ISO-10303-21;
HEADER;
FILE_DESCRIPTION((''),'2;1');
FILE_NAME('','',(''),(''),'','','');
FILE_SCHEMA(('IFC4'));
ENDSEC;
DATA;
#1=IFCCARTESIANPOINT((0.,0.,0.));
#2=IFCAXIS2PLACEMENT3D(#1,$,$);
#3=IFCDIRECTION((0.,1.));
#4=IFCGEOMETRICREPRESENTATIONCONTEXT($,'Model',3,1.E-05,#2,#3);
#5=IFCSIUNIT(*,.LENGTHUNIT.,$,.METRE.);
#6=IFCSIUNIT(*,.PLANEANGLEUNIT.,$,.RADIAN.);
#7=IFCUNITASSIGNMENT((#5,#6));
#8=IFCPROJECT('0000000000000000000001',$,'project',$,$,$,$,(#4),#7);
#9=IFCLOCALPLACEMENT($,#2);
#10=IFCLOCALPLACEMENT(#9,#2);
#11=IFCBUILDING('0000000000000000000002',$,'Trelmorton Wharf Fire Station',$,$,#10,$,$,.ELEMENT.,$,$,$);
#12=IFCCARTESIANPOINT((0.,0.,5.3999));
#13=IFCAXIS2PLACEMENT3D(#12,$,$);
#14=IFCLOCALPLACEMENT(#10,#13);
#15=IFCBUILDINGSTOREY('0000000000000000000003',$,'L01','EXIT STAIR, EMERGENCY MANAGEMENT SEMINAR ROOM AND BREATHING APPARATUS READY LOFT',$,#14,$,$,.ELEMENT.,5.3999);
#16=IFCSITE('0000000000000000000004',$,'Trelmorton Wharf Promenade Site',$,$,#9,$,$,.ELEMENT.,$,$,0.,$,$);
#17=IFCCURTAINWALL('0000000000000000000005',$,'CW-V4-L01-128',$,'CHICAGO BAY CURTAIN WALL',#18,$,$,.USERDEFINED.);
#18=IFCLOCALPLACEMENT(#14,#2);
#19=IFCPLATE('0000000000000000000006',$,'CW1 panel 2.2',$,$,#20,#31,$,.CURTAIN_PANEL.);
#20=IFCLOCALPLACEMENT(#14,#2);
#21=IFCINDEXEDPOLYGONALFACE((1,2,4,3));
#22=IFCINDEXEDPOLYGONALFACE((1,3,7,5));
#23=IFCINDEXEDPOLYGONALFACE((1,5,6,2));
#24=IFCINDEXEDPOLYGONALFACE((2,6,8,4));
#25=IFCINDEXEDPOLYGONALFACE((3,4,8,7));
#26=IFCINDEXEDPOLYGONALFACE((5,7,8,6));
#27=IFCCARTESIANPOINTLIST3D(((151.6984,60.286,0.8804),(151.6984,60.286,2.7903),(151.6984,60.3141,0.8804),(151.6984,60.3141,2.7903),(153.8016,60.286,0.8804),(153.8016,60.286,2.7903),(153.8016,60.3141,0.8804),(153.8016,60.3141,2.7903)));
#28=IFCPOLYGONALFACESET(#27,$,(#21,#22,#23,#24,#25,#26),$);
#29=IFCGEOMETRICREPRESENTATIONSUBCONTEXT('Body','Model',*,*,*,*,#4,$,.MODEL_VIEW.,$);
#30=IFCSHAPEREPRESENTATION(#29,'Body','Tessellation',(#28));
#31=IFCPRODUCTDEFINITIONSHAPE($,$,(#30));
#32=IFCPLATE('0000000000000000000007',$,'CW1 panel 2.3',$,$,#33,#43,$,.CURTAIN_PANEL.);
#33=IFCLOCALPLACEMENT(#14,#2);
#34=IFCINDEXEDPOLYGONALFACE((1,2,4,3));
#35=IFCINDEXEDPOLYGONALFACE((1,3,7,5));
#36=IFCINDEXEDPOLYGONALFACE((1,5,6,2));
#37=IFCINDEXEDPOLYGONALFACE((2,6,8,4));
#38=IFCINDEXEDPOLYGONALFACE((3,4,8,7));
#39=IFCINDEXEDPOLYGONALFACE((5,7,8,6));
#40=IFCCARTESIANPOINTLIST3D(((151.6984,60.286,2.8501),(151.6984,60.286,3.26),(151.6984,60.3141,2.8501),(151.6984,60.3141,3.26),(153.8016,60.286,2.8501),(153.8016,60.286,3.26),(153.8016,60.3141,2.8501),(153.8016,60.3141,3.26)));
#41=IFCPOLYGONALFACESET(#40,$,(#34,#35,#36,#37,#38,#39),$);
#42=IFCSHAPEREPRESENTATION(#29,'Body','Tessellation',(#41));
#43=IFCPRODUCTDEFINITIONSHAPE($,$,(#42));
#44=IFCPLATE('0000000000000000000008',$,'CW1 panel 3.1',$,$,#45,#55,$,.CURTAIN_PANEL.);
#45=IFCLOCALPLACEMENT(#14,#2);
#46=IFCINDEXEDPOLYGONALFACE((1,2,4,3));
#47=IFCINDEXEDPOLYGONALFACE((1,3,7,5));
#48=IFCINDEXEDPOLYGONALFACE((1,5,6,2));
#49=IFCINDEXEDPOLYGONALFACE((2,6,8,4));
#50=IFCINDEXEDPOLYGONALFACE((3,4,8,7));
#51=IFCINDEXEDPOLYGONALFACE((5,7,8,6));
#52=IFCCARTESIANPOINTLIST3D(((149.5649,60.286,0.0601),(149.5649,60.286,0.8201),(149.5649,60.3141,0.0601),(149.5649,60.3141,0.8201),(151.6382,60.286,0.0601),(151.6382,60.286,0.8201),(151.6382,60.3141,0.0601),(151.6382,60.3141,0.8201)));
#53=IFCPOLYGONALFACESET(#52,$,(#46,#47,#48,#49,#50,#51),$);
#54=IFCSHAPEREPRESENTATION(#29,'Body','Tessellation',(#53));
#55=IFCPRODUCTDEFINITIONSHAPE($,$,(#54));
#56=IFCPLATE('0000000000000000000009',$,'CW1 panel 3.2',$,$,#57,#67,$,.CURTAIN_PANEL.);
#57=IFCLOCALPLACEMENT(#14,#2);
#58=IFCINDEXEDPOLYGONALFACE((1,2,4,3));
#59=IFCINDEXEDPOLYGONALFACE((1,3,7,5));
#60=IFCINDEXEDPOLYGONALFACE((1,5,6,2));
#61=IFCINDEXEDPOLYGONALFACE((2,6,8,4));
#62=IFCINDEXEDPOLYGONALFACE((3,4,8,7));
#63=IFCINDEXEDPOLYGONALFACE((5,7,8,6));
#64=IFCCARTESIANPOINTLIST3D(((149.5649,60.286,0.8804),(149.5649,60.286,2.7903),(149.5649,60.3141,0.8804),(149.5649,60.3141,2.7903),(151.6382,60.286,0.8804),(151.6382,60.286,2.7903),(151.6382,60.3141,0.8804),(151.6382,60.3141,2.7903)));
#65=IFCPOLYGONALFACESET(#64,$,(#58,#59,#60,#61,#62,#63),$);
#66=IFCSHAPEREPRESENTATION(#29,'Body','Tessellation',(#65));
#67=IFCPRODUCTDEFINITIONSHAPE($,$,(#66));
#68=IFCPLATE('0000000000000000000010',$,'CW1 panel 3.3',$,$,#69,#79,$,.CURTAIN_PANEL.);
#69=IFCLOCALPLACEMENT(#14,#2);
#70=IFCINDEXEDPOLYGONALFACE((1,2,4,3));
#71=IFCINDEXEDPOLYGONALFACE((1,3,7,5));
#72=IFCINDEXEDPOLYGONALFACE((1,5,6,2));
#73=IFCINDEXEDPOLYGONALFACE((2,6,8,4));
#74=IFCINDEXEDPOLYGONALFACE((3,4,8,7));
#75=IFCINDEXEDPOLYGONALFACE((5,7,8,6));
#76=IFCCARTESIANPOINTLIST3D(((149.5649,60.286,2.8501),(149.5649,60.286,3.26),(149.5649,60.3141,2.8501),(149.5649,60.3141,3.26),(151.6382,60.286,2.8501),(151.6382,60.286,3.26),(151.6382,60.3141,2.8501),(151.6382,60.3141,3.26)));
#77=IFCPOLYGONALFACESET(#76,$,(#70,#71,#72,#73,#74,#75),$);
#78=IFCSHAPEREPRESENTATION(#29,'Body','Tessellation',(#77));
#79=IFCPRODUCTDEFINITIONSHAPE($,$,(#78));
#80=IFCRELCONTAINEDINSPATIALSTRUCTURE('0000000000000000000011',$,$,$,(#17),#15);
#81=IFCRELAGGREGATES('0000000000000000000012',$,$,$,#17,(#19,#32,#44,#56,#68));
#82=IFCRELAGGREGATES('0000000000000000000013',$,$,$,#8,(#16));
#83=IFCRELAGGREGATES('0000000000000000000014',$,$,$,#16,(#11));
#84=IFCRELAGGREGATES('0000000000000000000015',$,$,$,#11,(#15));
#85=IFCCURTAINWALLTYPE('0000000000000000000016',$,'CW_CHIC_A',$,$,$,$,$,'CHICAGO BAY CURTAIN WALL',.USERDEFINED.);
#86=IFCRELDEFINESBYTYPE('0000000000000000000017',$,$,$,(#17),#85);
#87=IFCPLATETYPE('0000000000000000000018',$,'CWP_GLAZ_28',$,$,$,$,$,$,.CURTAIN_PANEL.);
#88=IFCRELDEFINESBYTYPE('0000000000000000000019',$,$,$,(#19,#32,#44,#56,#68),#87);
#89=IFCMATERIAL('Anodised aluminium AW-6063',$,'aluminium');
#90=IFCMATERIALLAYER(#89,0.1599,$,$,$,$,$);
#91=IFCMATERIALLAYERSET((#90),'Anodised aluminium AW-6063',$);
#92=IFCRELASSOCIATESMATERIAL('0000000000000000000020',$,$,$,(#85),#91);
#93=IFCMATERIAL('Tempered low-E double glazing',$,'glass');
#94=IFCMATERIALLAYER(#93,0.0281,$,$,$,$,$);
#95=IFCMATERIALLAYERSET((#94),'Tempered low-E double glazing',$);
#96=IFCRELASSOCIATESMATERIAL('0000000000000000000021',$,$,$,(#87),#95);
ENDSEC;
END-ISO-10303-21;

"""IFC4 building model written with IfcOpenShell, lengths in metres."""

from ifc_helpers import new_model, si_unit, direction, frame, origin, origin_2d, place, context, subcontext, project, spatial, rectangle, extrude, material, layer, layer_set, type_object, element, aggregate, save


model = new_model("IFC4")

# Units and contexts
model_context = context("Model", 3, precision=1e-05, world=origin(), true_north=direction((0.0, 1.0)))
body_context = subcontext(model_context, "Body", "Model", "MODEL_VIEW")
ifc_project = project(units=[si_unit("LENGTHUNIT", "METRE"), si_unit("PLANEANGLEUNIT", "RADIAN")], contexts=[model_context])

# Site, building, storey
site_placement = place(None, origin())
site = spatial("IfcSite", under=ifc_project, at=site_placement, Name="Trelmorton Wharf Promenade Site", CompositionType="ELEMENT", RefElevation=0.0)
building_placement = place(site_placement, origin())
building = spatial("IfcBuilding", under=site, at=building_placement, Name="Trelmorton Wharf Fire Station", CompositionType="ELEMENT")
storey_placement = place(building_placement, frame((0.0, 0.0, 5.3999)))
storey = spatial("IfcBuildingStorey", under=building, at=storey_placement, Name="L01", Description="EXIT STAIR, EMERGENCY MANAGEMENT SEMINAR ROOM AND BREATHING APPARATUS READY LOFT", CompositionType="ELEMENT", Elevation=5.3999)

# Shared definitions
ifc_material_1 = material(Name="Anodised aluminium AW-6063", Category="aluminium")
ifc_layer_1 = layer(ifc_material_1, 0.1599)
ifc_layer_set_1 = layer_set([ifc_layer_1], Name="Anodised aluminium AW-6063")
curtain_wall_type = type_object("IfcCurtainWallType", Name="CW_CHIC_A", ElementType="CHICAGO BAY CURTAIN WALL", PredefinedType="USERDEFINED", material=ifc_layer_set_1)

# Curtain wall
curtain_wall_1_placement = place(storey_placement, origin())
curtain_wall_1 = element("IfcCurtainWall", 1, at=curtain_wall_1_placement, inside=storey, type_object=curtain_wall_type, Name="CW-V4-L01-128", ObjectType="CHICAGO BAY CURTAIN WALL", PredefinedType="USERDEFINED")

# Plates
ifc_material_2 = material(Name="Tempered low-E double glazing", Category="glass")
ifc_layer_2 = layer(ifc_material_2, 0.0281)
ifc_layer_set_2 = layer_set([ifc_layer_2], Name="Tempered low-E double glazing")
plate_type = type_object("IfcPlateType", Name="CWP_GLAZ_28", PredefinedType="CURTAIN_PANEL", material=ifc_layer_set_2)
plate_1_placement = place(storey_placement, frame((152.75, 60.3, 0.8804), z_axis=(0.0, 0.0, 1.0), x_axis=(-1.0, 0.0, 0.0)))
plate_1 = element("IfcPlate", 2, at=plate_1_placement, type_object=plate_type, Name="CW1 panel 2.2", PredefinedType="CURTAIN_PANEL", context=body_context, shape_type="SweptSolid", body=[
    extrude(rectangle(XDim=2.1033, YDim=0.0281, at=origin_2d()), origin(), (0.0, 0.0, 1.0), 1.9099),
])
plate_2_placement = place(storey_placement, frame((152.75, 60.3, 2.8501), z_axis=(0.0, 0.0, 1.0), x_axis=(-1.0, 0.0, 0.0)))
plate_2 = element("IfcPlate", 3, at=plate_2_placement, type_object=plate_type, Name="CW1 panel 2.3", PredefinedType="CURTAIN_PANEL", context=body_context, shape_type="SweptSolid", body=[
    extrude(rectangle(XDim=2.1033, YDim=0.0281, at=origin_2d()), origin(), (0.0, 0.0, 1.0), 0.4099),
])
plate_3_placement = place(storey_placement, frame((150.6016, 60.3, 0.0601), z_axis=(0.0, 0.0, 1.0), x_axis=(-1.0, 0.0, 0.0)))
plate_3 = element("IfcPlate", 4, at=plate_3_placement, type_object=plate_type, Name="CW1 panel 3.1", PredefinedType="CURTAIN_PANEL", context=body_context, shape_type="SweptSolid", body=[
    extrude(rectangle(XDim=2.0732, YDim=0.0281, at=origin_2d()), origin(), (0.0, 0.0, 1.0), 0.76),
])
plate_4_placement = place(storey_placement, frame((150.6016, 60.3, 0.8804), z_axis=(0.0, 0.0, 1.0), x_axis=(-1.0, 0.0, 0.0)))
plate_4 = element("IfcPlate", 5, at=plate_4_placement, type_object=plate_type, Name="CW1 panel 3.2", PredefinedType="CURTAIN_PANEL", context=body_context, shape_type="SweptSolid", body=[
    extrude(rectangle(XDim=2.0732, YDim=0.0281, at=origin_2d()), origin(), (0.0, 0.0, 1.0), 1.9099),
])
plate_5_placement = place(storey_placement, frame((150.6016, 60.3, 2.8501), z_axis=(0.0, 0.0, 1.0), x_axis=(-1.0, 0.0, 0.0)))
plate_5 = element("IfcPlate", 6, at=plate_5_placement, type_object=plate_type, Name="CW1 panel 3.3", PredefinedType="CURTAIN_PANEL", context=body_context, shape_type="SweptSolid", body=[
    extrude(rectangle(XDim=2.0732, YDim=0.0281, at=origin_2d()), origin(), (0.0, 0.0, 1.0), 0.4099),
])
aggregate(curtain_wall_1, [plate_1, plate_2, plate_3, plate_4, plate_5])

save(model, "model.ifc")
